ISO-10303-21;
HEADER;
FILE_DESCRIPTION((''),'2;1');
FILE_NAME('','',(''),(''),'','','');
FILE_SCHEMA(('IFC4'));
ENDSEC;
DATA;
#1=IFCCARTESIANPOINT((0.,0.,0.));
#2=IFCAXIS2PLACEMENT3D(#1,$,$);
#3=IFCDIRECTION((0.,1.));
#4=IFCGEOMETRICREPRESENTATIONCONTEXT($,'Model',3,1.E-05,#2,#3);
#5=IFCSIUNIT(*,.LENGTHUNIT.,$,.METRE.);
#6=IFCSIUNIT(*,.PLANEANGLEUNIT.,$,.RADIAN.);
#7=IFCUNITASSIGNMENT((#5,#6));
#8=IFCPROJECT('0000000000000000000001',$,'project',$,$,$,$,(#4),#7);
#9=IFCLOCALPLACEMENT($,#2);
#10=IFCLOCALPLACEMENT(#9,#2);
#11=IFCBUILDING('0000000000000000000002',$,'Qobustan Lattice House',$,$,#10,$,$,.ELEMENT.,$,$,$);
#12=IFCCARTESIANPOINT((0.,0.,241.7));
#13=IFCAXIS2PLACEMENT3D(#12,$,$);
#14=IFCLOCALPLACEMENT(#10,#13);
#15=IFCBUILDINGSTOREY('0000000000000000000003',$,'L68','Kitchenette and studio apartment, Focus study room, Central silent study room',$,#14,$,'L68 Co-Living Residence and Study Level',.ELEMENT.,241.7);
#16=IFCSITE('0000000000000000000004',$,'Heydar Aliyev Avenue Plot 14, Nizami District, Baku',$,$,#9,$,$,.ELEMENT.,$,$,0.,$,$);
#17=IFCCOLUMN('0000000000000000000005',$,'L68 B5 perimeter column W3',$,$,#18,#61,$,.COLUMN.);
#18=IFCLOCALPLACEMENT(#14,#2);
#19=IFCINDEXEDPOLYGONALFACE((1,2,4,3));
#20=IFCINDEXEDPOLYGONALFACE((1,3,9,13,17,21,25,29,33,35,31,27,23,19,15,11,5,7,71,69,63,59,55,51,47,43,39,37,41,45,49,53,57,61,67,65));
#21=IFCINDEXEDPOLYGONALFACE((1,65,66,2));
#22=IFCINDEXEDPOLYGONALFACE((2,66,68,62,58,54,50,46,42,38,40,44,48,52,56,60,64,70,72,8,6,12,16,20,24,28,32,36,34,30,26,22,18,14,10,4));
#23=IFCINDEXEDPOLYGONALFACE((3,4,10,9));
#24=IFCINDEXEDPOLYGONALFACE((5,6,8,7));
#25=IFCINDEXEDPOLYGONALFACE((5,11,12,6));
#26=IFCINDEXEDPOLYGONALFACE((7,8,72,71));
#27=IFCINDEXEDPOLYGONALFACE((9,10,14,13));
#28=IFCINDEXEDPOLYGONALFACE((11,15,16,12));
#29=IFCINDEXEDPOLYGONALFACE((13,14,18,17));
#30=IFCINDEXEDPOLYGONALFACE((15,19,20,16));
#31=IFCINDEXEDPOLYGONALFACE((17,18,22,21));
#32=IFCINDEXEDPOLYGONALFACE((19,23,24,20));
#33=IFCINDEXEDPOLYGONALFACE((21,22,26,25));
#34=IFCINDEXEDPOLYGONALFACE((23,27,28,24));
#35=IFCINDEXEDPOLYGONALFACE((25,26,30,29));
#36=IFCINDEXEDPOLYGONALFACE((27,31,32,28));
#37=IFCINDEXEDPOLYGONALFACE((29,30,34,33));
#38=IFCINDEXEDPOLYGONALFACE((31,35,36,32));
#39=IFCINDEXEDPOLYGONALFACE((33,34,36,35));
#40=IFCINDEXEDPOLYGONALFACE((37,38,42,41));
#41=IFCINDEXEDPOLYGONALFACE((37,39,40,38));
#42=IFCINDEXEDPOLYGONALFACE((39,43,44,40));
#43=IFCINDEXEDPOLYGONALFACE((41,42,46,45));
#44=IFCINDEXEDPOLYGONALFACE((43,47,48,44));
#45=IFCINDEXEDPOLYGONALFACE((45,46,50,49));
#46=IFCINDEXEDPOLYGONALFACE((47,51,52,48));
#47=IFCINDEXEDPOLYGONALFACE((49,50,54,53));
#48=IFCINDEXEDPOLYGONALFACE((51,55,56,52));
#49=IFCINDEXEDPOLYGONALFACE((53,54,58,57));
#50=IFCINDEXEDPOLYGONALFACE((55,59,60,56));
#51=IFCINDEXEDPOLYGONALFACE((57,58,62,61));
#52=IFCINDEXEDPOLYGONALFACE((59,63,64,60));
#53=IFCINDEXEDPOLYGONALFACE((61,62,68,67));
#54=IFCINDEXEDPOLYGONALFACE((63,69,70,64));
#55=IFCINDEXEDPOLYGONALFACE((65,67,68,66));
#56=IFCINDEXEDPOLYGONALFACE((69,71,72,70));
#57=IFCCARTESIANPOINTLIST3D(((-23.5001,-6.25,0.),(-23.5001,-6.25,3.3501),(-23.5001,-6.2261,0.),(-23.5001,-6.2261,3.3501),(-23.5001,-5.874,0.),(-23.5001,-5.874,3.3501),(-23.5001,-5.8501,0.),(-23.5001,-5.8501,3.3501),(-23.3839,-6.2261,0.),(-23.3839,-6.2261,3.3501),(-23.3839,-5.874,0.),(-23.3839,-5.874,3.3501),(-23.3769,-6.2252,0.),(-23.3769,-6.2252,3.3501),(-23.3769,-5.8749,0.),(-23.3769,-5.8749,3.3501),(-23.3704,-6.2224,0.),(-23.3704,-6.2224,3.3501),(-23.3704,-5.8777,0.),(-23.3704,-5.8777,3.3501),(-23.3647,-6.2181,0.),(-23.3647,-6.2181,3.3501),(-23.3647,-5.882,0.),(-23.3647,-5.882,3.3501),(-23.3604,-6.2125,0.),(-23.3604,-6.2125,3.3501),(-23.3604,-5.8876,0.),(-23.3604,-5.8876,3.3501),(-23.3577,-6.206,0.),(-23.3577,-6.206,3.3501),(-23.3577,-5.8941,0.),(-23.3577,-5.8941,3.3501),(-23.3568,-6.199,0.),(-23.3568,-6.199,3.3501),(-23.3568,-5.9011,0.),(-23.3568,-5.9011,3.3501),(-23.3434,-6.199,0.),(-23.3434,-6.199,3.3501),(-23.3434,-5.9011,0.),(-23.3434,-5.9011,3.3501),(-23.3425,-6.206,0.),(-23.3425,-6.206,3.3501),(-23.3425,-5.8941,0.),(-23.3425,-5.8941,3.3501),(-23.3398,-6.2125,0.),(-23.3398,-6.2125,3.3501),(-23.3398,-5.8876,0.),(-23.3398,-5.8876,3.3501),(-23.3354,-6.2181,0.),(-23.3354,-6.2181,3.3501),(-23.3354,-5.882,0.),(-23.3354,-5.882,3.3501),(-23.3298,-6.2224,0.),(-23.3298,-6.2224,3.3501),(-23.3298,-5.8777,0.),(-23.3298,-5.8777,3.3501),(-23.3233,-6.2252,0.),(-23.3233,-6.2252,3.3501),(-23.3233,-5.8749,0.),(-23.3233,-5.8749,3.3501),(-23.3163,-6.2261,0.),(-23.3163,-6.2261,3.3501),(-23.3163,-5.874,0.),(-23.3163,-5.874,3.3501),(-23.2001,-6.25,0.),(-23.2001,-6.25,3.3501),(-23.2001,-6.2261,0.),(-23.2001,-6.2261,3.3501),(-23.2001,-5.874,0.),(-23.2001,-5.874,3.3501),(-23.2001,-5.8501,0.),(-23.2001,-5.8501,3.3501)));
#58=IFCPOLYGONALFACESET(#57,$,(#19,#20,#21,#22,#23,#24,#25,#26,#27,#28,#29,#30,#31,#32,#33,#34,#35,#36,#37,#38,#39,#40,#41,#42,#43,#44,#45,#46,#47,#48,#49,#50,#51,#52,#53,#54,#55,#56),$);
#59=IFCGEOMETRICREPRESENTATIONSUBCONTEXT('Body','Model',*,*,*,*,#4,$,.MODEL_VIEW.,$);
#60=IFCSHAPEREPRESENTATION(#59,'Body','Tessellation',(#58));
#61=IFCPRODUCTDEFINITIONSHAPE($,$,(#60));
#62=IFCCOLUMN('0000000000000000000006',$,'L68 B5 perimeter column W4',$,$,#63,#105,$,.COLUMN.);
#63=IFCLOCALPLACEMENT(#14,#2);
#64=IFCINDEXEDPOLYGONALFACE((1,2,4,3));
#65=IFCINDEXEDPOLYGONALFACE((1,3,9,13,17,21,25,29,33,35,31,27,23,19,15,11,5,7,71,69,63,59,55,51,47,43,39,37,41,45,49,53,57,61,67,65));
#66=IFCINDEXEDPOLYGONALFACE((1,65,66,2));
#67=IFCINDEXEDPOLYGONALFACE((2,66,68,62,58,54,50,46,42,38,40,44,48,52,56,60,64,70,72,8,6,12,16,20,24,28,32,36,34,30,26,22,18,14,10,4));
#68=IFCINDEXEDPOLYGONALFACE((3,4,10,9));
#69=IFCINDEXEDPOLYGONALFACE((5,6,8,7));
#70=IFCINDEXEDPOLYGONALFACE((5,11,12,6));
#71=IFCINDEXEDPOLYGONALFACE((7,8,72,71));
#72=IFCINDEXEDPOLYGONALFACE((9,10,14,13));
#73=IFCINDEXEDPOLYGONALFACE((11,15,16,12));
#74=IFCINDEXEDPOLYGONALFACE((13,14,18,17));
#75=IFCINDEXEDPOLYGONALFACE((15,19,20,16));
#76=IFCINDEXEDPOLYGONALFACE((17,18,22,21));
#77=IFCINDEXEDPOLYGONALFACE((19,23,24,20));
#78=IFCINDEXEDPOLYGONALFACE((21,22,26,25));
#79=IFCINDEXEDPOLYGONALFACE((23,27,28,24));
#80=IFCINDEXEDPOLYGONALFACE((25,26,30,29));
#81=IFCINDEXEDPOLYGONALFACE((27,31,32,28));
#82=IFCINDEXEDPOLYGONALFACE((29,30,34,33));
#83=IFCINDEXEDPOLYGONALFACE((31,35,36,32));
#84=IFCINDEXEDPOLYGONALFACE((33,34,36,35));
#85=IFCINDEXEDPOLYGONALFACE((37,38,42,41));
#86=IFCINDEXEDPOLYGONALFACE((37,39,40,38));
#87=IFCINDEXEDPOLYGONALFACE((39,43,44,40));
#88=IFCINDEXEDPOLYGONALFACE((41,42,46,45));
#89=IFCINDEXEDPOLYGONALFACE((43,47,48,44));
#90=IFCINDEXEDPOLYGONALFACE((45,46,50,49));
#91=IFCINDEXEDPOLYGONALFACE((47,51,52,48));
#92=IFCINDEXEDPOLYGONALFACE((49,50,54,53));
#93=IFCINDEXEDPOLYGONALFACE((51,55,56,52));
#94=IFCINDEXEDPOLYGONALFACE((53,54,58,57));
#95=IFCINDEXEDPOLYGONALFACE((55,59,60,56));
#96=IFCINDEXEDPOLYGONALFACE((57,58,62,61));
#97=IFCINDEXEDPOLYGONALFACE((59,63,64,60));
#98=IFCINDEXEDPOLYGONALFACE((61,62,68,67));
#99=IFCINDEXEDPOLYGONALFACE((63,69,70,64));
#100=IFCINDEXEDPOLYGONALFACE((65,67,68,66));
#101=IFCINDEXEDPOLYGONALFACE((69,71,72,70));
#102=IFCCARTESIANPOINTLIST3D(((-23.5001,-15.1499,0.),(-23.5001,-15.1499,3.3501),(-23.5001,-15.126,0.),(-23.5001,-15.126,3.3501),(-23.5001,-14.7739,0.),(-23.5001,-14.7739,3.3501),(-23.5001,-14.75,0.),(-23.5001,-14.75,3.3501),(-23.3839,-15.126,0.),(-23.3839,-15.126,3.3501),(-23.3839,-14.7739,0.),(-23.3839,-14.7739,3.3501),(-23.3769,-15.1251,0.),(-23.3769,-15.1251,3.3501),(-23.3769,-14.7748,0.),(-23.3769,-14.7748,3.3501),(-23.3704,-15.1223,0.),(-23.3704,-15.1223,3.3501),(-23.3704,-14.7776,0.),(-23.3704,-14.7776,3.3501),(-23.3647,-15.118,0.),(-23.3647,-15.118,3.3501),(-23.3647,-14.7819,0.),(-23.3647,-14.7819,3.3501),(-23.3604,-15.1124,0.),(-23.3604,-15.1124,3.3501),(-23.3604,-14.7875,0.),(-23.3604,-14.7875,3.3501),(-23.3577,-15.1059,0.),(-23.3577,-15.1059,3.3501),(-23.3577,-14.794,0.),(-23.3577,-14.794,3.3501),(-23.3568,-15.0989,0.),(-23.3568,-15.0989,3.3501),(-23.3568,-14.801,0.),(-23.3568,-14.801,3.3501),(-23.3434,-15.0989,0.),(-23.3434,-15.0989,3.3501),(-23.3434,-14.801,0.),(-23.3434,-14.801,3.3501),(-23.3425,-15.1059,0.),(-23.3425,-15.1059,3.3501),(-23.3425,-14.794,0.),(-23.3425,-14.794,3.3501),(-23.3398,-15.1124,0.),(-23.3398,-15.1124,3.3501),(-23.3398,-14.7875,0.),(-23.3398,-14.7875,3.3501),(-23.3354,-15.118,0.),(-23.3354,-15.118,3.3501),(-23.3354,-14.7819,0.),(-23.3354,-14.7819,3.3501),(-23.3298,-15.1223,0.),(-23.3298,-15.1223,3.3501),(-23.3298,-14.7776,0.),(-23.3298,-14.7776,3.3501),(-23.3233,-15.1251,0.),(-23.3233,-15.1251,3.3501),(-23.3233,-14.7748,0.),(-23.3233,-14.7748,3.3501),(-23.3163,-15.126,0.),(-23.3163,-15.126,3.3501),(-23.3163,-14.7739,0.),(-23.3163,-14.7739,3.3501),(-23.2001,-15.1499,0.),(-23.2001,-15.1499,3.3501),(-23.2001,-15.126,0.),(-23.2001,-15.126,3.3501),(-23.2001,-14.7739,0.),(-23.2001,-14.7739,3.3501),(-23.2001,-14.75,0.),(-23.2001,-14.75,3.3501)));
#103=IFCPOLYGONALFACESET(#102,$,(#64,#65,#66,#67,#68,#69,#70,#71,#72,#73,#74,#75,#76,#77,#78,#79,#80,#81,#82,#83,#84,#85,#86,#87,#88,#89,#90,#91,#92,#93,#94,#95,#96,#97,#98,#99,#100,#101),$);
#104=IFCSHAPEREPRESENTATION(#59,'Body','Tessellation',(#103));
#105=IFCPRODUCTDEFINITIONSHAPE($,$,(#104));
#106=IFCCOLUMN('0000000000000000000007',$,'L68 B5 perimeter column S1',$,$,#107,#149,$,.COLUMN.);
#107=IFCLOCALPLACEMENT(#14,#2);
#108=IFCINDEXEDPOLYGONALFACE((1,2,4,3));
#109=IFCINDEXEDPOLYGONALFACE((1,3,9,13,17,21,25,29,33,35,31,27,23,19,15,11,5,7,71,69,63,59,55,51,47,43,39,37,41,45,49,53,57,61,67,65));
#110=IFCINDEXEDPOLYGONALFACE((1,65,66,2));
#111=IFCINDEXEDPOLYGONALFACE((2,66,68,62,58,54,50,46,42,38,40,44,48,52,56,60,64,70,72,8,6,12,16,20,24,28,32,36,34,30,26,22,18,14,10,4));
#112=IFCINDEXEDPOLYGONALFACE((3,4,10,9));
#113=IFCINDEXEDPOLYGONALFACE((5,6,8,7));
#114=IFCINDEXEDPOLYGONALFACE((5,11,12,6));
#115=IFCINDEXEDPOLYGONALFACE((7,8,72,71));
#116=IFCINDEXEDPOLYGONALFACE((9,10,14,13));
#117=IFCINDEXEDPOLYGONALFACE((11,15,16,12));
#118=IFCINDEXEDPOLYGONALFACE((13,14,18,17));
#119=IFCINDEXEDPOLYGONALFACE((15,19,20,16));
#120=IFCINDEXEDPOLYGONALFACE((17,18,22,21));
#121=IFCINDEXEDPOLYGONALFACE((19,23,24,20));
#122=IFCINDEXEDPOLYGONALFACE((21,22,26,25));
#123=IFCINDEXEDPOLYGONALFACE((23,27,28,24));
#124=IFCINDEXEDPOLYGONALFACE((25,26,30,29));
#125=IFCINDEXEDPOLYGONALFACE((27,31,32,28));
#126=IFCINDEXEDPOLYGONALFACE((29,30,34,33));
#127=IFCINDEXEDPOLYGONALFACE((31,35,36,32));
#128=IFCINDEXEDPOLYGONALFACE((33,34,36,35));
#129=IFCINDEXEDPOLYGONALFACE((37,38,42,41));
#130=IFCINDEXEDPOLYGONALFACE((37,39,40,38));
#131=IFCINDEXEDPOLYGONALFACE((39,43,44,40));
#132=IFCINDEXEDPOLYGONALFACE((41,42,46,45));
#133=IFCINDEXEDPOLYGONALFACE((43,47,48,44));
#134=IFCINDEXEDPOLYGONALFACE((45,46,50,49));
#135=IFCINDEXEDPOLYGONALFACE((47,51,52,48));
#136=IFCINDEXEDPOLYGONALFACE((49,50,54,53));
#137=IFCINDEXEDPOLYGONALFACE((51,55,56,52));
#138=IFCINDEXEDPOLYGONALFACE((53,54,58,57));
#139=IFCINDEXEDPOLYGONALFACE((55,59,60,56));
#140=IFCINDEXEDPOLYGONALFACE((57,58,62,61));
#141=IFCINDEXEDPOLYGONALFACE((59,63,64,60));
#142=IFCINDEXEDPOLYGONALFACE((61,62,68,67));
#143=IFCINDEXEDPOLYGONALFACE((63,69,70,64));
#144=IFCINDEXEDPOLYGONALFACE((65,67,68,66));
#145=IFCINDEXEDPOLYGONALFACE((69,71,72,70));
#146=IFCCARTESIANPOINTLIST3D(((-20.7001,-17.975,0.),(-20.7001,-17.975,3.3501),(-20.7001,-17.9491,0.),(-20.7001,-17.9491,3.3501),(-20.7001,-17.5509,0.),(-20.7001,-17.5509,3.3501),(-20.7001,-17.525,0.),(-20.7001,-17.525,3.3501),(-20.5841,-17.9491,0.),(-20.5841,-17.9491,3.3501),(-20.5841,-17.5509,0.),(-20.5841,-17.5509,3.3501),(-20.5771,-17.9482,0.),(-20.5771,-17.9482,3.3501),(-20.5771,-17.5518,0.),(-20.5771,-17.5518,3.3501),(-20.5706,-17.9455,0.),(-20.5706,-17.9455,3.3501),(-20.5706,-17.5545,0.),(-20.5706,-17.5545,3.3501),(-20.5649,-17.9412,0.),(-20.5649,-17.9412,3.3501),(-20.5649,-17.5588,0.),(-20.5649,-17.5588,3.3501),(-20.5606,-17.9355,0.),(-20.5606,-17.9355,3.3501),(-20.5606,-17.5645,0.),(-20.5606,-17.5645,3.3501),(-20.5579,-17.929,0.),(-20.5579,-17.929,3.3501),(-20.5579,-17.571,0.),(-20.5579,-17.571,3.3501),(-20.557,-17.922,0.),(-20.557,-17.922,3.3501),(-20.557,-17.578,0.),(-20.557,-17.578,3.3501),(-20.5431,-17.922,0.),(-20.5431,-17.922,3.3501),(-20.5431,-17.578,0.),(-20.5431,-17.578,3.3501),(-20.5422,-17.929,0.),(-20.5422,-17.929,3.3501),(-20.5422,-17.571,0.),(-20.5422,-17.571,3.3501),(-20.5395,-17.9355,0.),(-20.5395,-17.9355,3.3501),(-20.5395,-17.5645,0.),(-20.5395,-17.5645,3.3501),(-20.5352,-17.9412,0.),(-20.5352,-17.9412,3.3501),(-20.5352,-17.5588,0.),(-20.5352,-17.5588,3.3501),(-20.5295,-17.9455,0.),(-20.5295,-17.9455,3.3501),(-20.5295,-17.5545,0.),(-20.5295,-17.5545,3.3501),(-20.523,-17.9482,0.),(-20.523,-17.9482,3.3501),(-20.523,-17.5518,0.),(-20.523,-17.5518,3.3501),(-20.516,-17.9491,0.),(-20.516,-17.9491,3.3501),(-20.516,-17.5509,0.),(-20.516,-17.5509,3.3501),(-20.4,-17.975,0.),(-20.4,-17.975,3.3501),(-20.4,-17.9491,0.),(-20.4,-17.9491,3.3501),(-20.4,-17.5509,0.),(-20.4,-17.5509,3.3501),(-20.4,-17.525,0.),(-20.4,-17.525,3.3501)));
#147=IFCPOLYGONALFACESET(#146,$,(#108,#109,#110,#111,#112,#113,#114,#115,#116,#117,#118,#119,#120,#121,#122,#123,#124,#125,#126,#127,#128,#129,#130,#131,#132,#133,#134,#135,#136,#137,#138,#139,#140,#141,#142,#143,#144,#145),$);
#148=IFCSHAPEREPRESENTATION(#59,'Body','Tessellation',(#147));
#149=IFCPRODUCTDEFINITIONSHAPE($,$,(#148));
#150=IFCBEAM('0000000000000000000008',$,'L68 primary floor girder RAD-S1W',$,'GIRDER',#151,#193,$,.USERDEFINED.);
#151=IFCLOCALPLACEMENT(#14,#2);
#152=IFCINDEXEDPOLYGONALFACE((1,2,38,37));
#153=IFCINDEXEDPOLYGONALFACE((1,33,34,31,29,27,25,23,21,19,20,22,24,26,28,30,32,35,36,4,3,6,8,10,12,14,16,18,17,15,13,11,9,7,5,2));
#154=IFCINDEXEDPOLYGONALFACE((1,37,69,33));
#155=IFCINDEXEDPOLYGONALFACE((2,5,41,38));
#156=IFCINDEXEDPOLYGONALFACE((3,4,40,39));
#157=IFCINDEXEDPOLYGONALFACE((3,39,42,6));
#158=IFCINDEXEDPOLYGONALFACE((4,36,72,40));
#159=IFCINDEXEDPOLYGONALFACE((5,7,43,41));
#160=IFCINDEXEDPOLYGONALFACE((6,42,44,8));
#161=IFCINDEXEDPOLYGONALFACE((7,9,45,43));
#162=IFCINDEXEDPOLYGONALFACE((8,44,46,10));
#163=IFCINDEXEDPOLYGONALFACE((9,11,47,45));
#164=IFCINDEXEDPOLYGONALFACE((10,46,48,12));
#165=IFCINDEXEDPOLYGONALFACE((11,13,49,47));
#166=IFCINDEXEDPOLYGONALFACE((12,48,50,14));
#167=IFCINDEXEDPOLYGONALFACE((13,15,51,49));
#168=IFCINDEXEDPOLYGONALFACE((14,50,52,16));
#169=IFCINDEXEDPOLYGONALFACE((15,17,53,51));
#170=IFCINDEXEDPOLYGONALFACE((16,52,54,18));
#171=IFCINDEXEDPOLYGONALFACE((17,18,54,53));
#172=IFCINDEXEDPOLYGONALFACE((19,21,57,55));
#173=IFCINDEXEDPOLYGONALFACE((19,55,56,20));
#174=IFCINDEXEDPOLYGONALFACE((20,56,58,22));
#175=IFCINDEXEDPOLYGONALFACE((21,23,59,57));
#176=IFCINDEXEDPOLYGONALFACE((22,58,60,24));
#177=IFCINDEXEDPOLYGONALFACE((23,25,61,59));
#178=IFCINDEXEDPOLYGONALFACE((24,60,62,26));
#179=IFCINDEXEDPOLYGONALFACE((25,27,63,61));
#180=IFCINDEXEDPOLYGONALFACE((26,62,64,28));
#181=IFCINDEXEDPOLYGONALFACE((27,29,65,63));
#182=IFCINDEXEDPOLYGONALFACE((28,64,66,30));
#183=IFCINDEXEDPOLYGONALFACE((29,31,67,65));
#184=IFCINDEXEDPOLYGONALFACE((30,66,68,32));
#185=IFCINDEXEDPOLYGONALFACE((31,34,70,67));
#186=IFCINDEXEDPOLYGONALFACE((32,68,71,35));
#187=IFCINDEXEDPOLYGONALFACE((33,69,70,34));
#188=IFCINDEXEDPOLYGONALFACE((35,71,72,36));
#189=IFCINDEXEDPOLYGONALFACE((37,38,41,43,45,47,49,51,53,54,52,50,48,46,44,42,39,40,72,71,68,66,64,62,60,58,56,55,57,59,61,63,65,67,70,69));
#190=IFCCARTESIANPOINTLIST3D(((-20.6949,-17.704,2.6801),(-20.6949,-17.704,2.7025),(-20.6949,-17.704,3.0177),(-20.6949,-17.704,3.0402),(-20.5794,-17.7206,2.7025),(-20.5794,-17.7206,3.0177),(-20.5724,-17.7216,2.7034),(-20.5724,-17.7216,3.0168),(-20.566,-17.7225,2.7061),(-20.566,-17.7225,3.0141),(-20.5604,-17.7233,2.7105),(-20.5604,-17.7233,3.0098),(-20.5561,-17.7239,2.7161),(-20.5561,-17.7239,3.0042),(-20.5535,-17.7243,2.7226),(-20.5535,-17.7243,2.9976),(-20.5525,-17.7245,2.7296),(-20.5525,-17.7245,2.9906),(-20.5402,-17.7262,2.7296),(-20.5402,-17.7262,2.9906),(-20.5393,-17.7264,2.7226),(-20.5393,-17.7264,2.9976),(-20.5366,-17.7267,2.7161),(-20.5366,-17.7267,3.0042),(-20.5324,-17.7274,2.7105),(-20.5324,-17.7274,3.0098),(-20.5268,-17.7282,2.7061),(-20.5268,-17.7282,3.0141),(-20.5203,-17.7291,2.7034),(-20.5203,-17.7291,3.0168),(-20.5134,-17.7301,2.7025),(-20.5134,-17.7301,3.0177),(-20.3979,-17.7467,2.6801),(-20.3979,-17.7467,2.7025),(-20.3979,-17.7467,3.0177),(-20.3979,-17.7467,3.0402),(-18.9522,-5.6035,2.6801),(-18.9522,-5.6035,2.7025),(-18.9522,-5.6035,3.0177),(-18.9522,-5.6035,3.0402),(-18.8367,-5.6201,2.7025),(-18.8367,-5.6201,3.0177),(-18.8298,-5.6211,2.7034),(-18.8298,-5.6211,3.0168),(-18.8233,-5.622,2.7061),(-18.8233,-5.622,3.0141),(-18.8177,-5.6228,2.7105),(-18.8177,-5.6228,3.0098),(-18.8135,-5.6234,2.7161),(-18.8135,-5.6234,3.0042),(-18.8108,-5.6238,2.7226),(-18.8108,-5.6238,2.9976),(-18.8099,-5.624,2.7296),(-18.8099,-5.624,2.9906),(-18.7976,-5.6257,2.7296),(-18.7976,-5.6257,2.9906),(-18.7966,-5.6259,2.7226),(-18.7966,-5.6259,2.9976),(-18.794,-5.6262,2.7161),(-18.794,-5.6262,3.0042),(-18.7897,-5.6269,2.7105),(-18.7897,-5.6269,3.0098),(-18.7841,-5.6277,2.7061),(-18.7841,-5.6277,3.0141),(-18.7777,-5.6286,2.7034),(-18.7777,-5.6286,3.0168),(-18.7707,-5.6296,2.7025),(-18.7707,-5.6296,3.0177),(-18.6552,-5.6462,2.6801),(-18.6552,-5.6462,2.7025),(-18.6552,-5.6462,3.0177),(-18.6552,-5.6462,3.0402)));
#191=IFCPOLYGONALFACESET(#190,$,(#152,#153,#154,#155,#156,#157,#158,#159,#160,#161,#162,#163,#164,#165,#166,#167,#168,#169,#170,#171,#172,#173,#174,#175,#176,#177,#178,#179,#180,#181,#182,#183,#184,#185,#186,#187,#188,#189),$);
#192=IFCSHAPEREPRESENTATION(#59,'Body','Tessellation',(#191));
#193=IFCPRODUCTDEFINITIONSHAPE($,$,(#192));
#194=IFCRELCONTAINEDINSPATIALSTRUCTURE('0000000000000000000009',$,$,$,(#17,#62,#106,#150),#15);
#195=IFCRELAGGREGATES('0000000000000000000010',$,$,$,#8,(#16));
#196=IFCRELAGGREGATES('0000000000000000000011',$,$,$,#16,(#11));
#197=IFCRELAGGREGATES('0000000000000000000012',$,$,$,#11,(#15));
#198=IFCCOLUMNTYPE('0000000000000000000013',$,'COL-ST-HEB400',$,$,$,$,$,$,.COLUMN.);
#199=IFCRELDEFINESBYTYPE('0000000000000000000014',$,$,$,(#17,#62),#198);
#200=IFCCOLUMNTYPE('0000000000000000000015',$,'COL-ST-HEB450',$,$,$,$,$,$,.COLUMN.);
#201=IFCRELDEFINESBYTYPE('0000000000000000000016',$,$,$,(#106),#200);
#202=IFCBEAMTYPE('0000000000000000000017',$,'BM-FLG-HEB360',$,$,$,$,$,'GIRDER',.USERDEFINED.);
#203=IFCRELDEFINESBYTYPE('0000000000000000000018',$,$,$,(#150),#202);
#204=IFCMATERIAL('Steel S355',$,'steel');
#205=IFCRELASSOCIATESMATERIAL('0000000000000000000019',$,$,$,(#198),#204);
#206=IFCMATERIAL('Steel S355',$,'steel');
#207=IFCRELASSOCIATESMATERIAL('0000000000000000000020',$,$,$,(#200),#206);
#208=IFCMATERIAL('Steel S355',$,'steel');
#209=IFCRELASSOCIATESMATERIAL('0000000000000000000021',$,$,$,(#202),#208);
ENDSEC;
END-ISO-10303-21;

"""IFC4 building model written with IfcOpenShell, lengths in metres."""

from ifc_helpers import new_model, si_unit, direction, frame, origin, origin_2d, place, context, subcontext, project, spatial, i_section, extrude, material, material_profile, profile_set, type_object, element, save


model = new_model("IFC4")

# Units and contexts
model_context = context("Model", 3, precision=1e-05, world=origin(), true_north=direction((0.0, 1.0)))
body_context = subcontext(model_context, "Body", "Model", "MODEL_VIEW")
ifc_project = project(units=[si_unit("LENGTHUNIT", "METRE"), si_unit("PLANEANGLEUNIT", "RADIAN")], contexts=[model_context])

# Site, building, storey
site_placement = place(None, origin())
site = spatial("IfcSite", under=ifc_project, at=site_placement, Name="Heydar Aliyev Avenue Plot 14, Nizami District, Baku", CompositionType="ELEMENT", RefElevation=0.0)
building_placement = place(site_placement, origin())
building = spatial("IfcBuilding", under=site, at=building_placement, Name="Qobustan Lattice House", CompositionType="ELEMENT")
storey_placement = place(building_placement, frame((0.0, 0.0, 241.7)))
storey = spatial("IfcBuildingStorey", under=building, at=storey_placement, Name="L68", Description="Kitchenette and studio apartment, Focus study room, Central silent study room", LongName="L68 Co-Living Residence and Study Level", CompositionType="ELEMENT", Elevation=241.7)

# Columns
ifc_material_1 = material(Name="Steel S355", Category="steel")
ifc_material_profile_1 = material_profile(ifc_material_1, i_section(OverallWidth=0.3, OverallDepth=0.3999, WebThickness=0.0134, FlangeThickness=0.0239, FilletRadius=0.0271, at=origin_2d()), Name="HEB400")
ifc_profile_set_1 = profile_set([ifc_material_profile_1], Name="Steel S355")
column_type_1 = type_object("IfcColumnType", Name="COL-ST-HEB400", PredefinedType="COLUMN", material=ifc_profile_set_1)
for number, where, z_axis, x_axis, name in (
    (1, (-23.3501, -6.05, 0.0), (0.0, 0.0, 1.0), (1.0, 0.0, 0.0), "L68 B5 perimeter column W3"),
    (2, (-23.3501, -14.95, 0.0), (0.0, 0.0, 1.0), (1.0, 0.0, 0.0), "L68 B5 perimeter column W4"),
):
    element("IfcColumn", number, at=place(storey_placement, frame(where, z_axis=z_axis, x_axis=x_axis)), inside=storey, type_object=column_type_1, Name=name, PredefinedType="COLUMN", context=body_context, shape_type="SweptSolid", body=[
        extrude(i_section(OverallWidth=0.3, OverallDepth=0.3999, WebThickness=0.0134, FlangeThickness=0.0239, FilletRadius=0.0271, at=origin_2d()), origin(), (0.0, 0.0, 1.0), 3.3501),
    ])
ifc_material_2 = material(Name="Steel S355", Category="steel")
ifc_material_profile_2 = material_profile(ifc_material_2, i_section(OverallWidth=0.3, OverallDepth=0.45, WebThickness=0.0139, FlangeThickness=0.0259, FilletRadius=0.0271, at=origin_2d()), Name="HEB450")
ifc_profile_set_2 = profile_set([ifc_material_profile_2], Name="Steel S355")
column_type_2 = type_object("IfcColumnType", Name="COL-ST-HEB450", PredefinedType="COLUMN", material=ifc_profile_set_2)
column_placement = place(storey_placement, frame((-20.55, -17.75, 0.0), z_axis=(0.0, 0.0, 1.0), x_axis=(1.0, 0.0, 0.0)))
element("IfcColumn", 3, at=column_placement, inside=storey, type_object=column_type_2, Name="L68 B5 perimeter column S1", PredefinedType="COLUMN", context=body_context, shape_type="SweptSolid", body=[
    extrude(i_section(OverallWidth=0.3, OverallDepth=0.45, WebThickness=0.0139, FlangeThickness=0.0259, FilletRadius=0.0271, at=origin_2d()), origin(), (0.0, 0.0, 1.0), 3.3501),
])

# Beam
ifc_material_3 = material(Name="Steel S355", Category="steel")
ifc_material_profile_3 = material_profile(ifc_material_3, i_section(OverallWidth=0.3, OverallDepth=0.3601, WebThickness=0.0125, FlangeThickness=0.0225, FilletRadius=0.0271, at=origin_2d()), Name="HEB360")
ifc_profile_set_3 = profile_set([ifc_material_profile_3], Name="Steel S355")
beam_type_1 = type_object("IfcBeamType", Name="BM-FLG-HEB360", ElementType="GIRDER", PredefinedType="USERDEFINED", material=ifc_profile_set_3)
beam_1_placement = place(storey_placement, frame((-20.5464, -17.7253, 2.8601), z_axis=(0.142545, 0.989788, 0.0), x_axis=(-0.989788, 0.142545, 0.0)))
element("IfcBeam", 4, at=beam_1_placement, inside=storey, type_object=beam_type_1, Name="L68 primary floor girder RAD-S1W", ObjectType="GIRDER", PredefinedType="USERDEFINED", context=body_context, shape_type="SweptSolid", body=[
    extrude(i_section(OverallWidth=0.3, OverallDepth=0.3601, WebThickness=0.0125, FlangeThickness=0.0225, FilletRadius=0.0271, at=origin_2d()), origin(), (0.0, 0.0, 1.0), 12.2253),
])

save(model, "model.ifc")
